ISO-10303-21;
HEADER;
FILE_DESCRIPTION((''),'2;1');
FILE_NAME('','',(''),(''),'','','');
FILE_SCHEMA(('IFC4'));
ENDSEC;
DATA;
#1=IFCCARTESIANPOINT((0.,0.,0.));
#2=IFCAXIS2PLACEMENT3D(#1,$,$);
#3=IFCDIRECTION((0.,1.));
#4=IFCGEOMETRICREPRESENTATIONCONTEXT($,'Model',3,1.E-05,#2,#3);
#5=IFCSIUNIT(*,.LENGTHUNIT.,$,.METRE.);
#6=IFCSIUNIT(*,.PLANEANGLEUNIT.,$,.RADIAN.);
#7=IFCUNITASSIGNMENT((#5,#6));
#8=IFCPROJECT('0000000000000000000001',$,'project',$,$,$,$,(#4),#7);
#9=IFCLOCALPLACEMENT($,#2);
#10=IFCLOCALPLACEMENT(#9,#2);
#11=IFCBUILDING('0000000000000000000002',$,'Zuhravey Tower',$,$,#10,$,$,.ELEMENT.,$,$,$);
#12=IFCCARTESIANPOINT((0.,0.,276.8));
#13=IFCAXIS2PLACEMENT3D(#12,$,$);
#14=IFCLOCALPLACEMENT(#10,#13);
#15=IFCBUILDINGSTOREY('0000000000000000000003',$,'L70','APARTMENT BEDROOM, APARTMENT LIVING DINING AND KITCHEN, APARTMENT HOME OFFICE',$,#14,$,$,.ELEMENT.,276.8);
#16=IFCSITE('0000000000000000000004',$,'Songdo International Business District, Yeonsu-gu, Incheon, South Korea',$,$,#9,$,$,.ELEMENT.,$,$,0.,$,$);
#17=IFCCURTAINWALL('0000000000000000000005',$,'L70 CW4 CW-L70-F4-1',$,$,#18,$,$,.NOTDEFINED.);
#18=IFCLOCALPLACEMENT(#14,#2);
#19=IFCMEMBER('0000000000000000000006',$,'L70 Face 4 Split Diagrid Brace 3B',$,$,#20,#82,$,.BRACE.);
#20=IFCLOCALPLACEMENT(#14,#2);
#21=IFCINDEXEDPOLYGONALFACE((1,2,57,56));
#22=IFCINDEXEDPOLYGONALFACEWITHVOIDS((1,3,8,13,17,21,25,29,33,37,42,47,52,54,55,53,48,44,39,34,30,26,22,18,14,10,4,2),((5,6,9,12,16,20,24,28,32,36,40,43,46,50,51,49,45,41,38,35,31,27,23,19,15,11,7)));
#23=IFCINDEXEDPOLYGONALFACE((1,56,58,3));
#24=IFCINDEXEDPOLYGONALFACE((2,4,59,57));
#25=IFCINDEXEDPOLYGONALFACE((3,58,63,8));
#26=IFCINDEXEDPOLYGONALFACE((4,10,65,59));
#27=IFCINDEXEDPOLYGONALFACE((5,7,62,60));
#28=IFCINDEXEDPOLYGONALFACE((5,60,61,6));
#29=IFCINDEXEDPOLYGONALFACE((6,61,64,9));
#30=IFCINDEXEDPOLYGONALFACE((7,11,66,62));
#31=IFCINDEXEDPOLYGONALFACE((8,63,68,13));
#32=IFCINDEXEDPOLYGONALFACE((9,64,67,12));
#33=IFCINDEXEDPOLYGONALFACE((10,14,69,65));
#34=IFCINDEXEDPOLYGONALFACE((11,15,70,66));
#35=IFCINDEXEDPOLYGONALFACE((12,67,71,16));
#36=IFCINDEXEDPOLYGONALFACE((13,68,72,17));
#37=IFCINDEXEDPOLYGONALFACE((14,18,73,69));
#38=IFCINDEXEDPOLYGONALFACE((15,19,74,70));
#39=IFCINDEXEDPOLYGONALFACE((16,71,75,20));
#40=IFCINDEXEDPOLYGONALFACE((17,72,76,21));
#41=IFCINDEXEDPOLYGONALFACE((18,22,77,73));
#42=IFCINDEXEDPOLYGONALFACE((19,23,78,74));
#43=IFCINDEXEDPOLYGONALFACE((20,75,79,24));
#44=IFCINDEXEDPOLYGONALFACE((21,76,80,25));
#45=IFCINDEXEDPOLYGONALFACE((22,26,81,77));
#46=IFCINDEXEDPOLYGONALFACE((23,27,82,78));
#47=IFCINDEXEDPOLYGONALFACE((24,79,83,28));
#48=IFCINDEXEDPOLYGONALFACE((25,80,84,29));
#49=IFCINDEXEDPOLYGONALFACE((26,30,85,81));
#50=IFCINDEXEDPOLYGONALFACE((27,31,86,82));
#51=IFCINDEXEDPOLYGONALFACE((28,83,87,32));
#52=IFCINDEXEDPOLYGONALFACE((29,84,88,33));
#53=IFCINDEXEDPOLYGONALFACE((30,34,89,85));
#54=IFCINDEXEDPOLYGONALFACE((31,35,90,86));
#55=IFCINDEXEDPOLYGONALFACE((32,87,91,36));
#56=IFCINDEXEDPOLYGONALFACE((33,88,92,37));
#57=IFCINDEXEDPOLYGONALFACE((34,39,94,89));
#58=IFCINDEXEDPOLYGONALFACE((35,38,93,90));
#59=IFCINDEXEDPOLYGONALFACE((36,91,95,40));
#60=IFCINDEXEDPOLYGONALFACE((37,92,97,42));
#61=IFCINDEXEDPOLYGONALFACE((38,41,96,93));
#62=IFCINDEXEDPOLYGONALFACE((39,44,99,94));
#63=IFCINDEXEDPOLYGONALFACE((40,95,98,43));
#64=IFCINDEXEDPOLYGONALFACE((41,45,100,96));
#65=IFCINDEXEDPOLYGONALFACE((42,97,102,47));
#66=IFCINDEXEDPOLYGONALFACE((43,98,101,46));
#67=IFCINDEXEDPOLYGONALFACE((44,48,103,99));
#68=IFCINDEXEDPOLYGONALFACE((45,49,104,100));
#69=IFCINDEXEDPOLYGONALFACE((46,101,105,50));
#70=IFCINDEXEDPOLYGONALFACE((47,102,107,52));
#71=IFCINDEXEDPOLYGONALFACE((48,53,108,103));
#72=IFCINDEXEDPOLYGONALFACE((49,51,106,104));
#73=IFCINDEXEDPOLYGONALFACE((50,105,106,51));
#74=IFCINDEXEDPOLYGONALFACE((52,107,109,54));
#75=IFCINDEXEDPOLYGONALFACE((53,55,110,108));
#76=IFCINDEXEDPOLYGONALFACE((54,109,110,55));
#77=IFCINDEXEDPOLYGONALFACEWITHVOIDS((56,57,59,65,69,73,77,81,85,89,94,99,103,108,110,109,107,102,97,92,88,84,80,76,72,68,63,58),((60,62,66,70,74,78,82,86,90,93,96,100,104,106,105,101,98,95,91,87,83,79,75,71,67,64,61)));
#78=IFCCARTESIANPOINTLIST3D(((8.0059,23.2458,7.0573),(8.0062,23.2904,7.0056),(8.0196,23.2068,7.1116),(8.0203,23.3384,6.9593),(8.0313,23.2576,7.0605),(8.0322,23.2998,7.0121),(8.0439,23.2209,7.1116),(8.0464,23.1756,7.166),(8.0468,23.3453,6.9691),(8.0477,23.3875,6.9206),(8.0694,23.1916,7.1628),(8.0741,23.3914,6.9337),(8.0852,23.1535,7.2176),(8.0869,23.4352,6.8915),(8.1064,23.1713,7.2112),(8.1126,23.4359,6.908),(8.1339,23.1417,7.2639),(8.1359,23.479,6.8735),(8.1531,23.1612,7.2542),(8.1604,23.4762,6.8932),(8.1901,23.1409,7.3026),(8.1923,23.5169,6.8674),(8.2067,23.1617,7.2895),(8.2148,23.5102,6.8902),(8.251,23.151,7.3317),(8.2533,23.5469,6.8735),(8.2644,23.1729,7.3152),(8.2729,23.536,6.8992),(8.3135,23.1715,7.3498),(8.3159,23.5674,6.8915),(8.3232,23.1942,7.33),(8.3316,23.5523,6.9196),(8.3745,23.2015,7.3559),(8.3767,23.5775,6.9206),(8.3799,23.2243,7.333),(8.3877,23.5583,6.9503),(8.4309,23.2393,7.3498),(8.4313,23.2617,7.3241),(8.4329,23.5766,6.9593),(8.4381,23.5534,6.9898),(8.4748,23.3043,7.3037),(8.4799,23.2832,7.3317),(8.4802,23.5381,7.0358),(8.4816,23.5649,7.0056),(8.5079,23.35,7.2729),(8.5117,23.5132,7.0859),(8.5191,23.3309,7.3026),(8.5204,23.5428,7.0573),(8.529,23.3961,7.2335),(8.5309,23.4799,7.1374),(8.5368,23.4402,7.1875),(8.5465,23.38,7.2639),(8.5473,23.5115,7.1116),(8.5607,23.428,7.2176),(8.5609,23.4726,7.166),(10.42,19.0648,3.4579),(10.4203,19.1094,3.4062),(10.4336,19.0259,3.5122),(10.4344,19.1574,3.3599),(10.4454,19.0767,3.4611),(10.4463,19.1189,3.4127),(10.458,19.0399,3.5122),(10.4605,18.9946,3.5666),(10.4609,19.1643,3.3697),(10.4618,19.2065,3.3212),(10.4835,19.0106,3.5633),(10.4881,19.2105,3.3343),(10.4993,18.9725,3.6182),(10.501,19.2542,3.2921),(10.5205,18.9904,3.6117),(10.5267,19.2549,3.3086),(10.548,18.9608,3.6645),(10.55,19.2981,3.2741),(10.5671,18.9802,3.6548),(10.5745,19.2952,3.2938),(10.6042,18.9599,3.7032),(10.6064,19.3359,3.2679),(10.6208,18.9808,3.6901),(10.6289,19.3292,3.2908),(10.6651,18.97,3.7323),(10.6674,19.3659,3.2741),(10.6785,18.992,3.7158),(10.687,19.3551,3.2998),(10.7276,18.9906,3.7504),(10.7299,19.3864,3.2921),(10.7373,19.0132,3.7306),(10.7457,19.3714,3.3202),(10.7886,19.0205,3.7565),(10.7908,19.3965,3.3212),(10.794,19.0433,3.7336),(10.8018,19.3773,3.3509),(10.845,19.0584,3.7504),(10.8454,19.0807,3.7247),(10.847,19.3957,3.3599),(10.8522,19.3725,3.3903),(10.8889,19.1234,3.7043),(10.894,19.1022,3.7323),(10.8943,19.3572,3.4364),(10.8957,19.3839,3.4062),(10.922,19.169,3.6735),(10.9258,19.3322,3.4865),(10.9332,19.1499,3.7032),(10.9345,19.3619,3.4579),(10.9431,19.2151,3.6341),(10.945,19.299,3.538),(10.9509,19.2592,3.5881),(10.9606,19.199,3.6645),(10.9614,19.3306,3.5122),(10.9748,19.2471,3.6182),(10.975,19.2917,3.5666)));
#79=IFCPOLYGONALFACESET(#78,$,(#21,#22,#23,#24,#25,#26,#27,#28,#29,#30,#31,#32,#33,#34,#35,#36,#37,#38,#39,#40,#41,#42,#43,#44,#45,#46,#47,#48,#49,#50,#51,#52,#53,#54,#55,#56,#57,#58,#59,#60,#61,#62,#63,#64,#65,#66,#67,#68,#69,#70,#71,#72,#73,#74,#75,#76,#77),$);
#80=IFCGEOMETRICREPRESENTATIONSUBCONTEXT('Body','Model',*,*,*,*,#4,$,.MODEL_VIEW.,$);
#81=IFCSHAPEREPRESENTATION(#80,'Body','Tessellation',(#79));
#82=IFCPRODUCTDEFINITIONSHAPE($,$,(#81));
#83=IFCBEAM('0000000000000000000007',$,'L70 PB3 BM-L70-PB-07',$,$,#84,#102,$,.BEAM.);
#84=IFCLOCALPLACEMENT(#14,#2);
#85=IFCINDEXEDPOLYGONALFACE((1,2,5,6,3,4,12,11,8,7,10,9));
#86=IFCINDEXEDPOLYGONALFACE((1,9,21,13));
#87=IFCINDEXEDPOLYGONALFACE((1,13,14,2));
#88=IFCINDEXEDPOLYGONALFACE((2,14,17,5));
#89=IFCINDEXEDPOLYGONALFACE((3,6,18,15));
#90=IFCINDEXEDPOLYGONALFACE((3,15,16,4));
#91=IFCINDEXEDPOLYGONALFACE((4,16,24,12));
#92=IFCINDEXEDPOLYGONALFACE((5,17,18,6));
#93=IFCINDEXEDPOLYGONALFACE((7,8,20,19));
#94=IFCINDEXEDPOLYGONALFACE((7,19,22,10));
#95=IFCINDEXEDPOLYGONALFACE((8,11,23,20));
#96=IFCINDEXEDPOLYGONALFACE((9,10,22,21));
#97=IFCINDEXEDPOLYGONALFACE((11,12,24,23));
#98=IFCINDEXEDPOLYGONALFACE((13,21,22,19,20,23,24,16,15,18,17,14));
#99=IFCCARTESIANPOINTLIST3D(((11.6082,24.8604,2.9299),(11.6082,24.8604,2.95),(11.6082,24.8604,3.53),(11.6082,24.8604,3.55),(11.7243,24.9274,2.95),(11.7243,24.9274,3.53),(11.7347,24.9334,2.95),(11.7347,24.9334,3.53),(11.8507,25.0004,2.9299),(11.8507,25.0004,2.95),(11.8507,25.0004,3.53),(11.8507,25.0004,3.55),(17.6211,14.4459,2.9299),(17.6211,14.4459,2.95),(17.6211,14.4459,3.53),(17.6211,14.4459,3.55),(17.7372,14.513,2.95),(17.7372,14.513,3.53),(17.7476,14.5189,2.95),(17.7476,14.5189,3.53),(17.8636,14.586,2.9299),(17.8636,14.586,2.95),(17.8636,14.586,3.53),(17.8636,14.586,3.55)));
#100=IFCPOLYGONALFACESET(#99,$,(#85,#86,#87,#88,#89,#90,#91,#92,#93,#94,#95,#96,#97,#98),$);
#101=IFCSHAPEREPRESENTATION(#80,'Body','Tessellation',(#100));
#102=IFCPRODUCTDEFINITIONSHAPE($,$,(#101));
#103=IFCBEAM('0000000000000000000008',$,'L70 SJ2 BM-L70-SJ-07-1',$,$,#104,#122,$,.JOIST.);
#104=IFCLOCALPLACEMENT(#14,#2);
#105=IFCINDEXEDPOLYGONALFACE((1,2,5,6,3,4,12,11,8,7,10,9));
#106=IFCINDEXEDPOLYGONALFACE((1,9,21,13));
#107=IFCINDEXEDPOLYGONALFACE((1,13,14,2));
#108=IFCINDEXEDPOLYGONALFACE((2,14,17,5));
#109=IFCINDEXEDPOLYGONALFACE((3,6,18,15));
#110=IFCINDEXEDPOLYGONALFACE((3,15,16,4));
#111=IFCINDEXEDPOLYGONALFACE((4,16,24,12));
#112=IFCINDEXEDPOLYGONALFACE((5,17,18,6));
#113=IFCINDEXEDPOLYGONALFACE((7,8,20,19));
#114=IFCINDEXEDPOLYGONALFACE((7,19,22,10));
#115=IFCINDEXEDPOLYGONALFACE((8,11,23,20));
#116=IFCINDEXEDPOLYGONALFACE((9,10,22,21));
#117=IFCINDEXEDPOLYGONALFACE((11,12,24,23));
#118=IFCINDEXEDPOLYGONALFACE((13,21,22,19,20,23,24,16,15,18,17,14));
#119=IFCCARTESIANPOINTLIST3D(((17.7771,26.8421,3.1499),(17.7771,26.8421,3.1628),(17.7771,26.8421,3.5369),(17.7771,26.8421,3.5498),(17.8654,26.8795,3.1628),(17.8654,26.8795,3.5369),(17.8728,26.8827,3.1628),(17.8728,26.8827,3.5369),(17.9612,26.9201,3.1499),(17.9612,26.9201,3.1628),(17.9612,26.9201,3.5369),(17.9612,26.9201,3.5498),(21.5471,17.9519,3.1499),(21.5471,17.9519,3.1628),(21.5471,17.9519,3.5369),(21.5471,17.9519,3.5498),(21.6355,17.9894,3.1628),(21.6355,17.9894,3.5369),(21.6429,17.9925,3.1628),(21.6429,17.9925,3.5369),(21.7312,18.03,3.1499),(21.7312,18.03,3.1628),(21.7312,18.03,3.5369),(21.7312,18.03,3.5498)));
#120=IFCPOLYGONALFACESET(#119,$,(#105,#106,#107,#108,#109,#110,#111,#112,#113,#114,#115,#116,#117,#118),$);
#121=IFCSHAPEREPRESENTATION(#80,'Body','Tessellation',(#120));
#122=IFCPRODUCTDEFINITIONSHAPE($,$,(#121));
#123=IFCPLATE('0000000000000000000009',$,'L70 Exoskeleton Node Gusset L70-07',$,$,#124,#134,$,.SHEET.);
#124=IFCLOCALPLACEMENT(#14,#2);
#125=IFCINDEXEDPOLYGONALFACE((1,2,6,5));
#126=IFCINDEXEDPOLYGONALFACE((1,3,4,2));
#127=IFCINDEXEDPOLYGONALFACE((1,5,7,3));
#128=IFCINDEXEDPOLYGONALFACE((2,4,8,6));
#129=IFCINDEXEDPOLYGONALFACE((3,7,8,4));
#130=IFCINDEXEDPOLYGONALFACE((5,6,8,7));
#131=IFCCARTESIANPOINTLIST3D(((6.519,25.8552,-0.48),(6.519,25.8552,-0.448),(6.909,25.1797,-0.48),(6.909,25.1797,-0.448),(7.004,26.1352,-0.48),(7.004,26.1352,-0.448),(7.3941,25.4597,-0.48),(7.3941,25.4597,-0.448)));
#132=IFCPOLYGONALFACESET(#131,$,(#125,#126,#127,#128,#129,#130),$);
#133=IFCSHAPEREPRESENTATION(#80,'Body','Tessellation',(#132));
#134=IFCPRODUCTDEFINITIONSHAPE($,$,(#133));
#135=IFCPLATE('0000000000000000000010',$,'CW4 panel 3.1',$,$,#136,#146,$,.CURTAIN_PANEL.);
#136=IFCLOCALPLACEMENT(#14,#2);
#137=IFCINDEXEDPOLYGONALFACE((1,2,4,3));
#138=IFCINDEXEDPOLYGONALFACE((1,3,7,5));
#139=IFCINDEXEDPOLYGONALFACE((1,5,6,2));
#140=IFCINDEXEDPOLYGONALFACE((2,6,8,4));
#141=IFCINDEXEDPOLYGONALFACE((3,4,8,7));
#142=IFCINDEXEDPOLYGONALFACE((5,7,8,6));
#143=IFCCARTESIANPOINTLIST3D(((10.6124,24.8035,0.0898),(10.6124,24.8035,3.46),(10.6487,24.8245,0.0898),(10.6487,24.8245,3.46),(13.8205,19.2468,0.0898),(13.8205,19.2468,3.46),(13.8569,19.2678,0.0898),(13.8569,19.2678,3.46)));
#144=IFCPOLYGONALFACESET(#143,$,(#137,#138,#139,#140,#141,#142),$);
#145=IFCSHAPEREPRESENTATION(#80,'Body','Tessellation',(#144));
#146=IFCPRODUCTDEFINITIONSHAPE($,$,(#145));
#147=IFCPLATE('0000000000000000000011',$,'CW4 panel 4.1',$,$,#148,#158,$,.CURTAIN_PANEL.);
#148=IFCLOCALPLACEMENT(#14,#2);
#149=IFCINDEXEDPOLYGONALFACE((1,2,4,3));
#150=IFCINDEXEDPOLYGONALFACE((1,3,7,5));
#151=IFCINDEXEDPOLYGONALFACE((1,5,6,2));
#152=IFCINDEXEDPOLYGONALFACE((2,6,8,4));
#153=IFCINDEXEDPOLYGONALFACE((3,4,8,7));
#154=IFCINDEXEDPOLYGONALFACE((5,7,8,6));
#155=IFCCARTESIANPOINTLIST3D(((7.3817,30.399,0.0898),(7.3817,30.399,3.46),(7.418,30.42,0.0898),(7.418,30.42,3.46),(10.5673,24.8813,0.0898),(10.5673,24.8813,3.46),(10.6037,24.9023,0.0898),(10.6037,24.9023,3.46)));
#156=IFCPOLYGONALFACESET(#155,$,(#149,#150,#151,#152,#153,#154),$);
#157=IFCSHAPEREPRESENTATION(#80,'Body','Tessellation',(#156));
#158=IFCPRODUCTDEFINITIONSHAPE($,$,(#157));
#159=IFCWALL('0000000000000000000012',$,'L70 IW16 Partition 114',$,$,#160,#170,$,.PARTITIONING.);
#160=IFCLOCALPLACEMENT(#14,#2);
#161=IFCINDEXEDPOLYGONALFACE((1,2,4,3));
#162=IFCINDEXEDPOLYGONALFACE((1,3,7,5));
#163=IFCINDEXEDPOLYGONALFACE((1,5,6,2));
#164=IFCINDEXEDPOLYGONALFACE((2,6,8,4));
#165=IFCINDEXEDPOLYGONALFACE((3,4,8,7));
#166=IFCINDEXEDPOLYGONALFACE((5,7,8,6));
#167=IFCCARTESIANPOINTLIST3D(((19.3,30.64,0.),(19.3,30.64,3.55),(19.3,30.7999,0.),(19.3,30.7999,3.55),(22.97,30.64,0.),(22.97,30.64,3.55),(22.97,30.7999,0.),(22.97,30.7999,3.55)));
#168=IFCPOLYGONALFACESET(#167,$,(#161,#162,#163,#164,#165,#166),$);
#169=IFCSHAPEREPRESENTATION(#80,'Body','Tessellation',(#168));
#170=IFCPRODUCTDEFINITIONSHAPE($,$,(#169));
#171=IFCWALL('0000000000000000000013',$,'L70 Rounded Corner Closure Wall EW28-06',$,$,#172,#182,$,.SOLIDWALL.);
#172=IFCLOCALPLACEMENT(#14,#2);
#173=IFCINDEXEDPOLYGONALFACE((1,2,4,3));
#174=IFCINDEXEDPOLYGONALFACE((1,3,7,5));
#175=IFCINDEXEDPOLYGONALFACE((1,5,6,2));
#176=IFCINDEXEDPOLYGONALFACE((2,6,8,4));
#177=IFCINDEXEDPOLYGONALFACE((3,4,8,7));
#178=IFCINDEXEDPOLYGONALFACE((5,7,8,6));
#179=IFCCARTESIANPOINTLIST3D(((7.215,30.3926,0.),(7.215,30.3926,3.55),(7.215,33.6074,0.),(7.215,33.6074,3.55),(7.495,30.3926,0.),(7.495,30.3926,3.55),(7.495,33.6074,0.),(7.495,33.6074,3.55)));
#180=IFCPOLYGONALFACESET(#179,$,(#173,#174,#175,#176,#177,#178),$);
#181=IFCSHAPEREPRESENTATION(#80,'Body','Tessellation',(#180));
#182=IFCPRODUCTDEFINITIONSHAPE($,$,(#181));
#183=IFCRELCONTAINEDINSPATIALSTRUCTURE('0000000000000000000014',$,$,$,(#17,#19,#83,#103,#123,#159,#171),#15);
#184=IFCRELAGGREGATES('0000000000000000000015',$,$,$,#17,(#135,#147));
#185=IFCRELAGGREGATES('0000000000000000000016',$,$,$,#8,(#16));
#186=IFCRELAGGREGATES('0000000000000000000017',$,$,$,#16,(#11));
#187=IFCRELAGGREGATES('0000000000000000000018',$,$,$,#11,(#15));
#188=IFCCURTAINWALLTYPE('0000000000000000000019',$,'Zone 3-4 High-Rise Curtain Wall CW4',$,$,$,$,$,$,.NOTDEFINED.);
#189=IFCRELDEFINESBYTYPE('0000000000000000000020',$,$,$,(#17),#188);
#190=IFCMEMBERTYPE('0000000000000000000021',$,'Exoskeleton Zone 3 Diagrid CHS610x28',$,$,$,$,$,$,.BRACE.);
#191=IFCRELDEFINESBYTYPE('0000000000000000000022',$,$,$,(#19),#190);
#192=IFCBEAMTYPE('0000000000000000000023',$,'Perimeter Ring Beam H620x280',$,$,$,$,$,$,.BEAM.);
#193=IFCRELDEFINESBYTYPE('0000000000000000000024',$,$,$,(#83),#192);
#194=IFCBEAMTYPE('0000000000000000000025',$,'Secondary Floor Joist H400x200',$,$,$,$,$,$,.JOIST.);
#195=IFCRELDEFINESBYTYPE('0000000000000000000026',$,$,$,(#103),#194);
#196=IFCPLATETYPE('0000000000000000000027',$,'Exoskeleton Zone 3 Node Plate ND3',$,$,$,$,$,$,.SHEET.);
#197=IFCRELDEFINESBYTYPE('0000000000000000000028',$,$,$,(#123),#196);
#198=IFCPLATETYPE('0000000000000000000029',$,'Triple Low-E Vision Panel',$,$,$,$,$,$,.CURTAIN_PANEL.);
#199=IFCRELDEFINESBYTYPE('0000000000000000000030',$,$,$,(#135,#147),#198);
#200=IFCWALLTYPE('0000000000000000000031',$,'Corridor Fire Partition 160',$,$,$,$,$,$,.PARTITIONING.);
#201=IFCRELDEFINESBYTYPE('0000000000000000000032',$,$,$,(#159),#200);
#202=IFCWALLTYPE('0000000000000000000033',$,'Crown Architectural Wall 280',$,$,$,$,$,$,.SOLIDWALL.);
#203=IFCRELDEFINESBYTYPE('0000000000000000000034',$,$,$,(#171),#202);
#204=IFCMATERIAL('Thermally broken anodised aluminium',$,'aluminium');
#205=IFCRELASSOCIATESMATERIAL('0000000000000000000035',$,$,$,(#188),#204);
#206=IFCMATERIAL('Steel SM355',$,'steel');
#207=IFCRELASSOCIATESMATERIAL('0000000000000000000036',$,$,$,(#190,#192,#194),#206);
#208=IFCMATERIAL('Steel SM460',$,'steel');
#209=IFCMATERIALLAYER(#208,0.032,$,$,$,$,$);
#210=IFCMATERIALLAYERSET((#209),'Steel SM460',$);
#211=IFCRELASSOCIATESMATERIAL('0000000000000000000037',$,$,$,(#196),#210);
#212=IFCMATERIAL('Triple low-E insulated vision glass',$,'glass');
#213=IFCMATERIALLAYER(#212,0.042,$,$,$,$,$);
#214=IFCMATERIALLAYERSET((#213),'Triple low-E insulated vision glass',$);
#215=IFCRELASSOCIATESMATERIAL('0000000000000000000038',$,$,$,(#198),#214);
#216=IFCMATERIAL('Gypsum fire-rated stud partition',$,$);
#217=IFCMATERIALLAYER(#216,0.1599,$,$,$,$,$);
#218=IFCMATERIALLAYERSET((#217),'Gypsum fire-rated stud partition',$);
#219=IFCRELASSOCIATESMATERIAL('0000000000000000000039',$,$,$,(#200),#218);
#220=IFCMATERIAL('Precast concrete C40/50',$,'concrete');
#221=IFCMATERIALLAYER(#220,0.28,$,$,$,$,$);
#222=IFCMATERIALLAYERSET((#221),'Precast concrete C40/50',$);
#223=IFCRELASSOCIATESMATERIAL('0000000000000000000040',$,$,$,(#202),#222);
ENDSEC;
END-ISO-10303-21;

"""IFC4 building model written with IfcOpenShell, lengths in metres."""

from ifc_helpers import new_model, si_unit, direction, frame, frame_2d, origin, origin_2d, place, context, subcontext, project, spatial, rectangle, hollow_circle, i_section, extrude, material, layer, layer_set, material_profile, profile_set, type_object, element, aggregate, save


model = new_model("IFC4")

# Units and contexts
model_context = context("Model", 3, precision=1e-05, world=origin(), true_north=direction((0.0, 1.0)))
body_context = subcontext(model_context, "Body", "Model", "MODEL_VIEW")
ifc_project = project(units=[si_unit("LENGTHUNIT", "METRE"), si_unit("PLANEANGLEUNIT", "RADIAN")], contexts=[model_context])

# Site, building, storey
site_placement = place(None, origin())
site = spatial("IfcSite", under=ifc_project, at=site_placement, Name="Songdo International Business District, Yeonsu-gu, Incheon, South Korea", CompositionType="ELEMENT", RefElevation=0.0)
building_placement = place(site_placement, origin())
building = spatial("IfcBuilding", under=site, at=building_placement, Name="Zuhravey Tower", CompositionType="ELEMENT")
storey_placement = place(building_placement, frame((0.0, 0.0, 276.8)))
storey = spatial("IfcBuildingStorey", under=building, at=storey_placement, Name="L70", Description="APARTMENT BEDROOM, APARTMENT LIVING DINING AND KITCHEN, APARTMENT HOME OFFICE", CompositionType="ELEMENT", Elevation=276.8)

# Curtain wall
ifc_material_1 = material(Name="Thermally broken anodised aluminium", Category="aluminium")
curtain_wall_type = type_object("IfcCurtainWallType", Name="Zone 3-4 High-Rise Curtain Wall CW4", PredefinedType="NOTDEFINED", material=ifc_material_1)
curtain_wall_placement = place(storey_placement, origin())
curtain_wall = element("IfcCurtainWall", 1, at=curtain_wall_placement, inside=storey, type_object=curtain_wall_type, Name="L70 CW4 CW-L70-F4-1", PredefinedType="NOTDEFINED")

# Member
ifc_material_2 = material(Name="Steel SM355", Category="steel")
ifc_material_profile_1 = material_profile(ifc_material_2, hollow_circle(Radius=0.3047, WallThickness=0.0281, at=origin_2d()), Name="CHS-609.6x28")
ifc_profile_set_1 = profile_set([ifc_material_profile_1], Name="Steel SM355")
member_type_1 = type_object("IfcMemberType", Name="Exoskeleton Zone 3 Diagrid CHS610x28", PredefinedType="BRACE", material=ifc_profile_set_1)
member_1_placement = place(storey_placement, frame((10.6975, 19.1782, 3.5122), z_axis=(-0.400881, 0.694285, 0.597714), x_axis=(-0.866006, -0.500033, 0.0)))
element("IfcMember", 2, at=member_1_placement, inside=storey, type_object=member_type_1, Name="L70 Face 4 Split Diagrid Brace 3B", PredefinedType="BRACE", context=body_context, shape_type="SweptSolid", body=[
    extrude(hollow_circle(Radius=0.3047, WallThickness=0.0281, at=origin_2d()), origin(), (0.0, 0.0, 1.0), 6.022),
])

# Beams
ifc_material_profile_2 = material_profile(ifc_material_2, i_section(OverallWidth=0.28, OverallDepth=0.6201, WebThickness=0.012, FlangeThickness=0.02, at=origin_2d()), Name="H-620x280x12x20")
ifc_profile_set_2 = profile_set([ifc_material_profile_2], Name="Steel SM355")
beam_type_1 = type_object("IfcBeamType", Name="Perimeter Ring Beam H620x280", PredefinedType="BEAM", material=ifc_profile_set_2)
beam_1_placement = place(storey_placement, frame((11.7295, 24.9304, 3.24), z_axis=(0.500006, -0.866022, 0.0), x_axis=(0.866022, 0.500006, 0.0)))
element("IfcBeam", 3, at=beam_1_placement, inside=storey, type_object=beam_type_1, Name="L70 PB3 BM-L70-PB-07", PredefinedType="BEAM", context=body_context, shape_type="SweptSolid", body=[
    extrude(i_section(OverallWidth=0.28, OverallDepth=0.6201, WebThickness=0.012, FlangeThickness=0.02, at=origin_2d()), origin(), (0.0, 0.0, 1.0), 12.0256),
])
ifc_material_profile_3 = material_profile(ifc_material_2, i_section(OverallWidth=0.2, OverallDepth=0.3999, WebThickness=0.0081, FlangeThickness=0.0129, at=origin_2d()), Name="H-400x200x8x13")
ifc_profile_set_3 = profile_set([ifc_material_profile_3], Name="Steel SM355")
beam_type_2 = type_object("IfcBeamType", Name="Secondary Floor Joist H400x200", PredefinedType="JOIST", material=ifc_profile_set_3)
beam_2_placement = place(storey_placement, frame((17.8691, 26.8811, 3.3499), z_axis=(0.390413, -0.92064, 0.0), x_axis=(0.92064, 0.390413, 0.0)))
element("IfcBeam", 4, at=beam_2_placement, inside=storey, type_object=beam_type_2, Name="L70 SJ2 BM-L70-SJ-07-1", PredefinedType="JOIST", context=body_context, shape_type="SweptSolid", body=[
    extrude(i_section(OverallWidth=0.2, OverallDepth=0.3999, WebThickness=0.0081, FlangeThickness=0.0129, at=origin_2d()), origin(), (0.0, 0.0, 1.0), 9.6565),
])

# Plates
ifc_material_3 = material(Name="Steel SM460", Category="steel")
ifc_layer_1 = layer(ifc_material_3, 0.032)
ifc_layer_set_1 = layer_set([ifc_layer_1], Name="Steel SM460")
plate_type_1 = type_object("IfcPlateType", Name="Exoskeleton Zone 3 Node Plate ND3", PredefinedType="SHEET", material=ifc_layer_set_1)
plate_1_placement = place(storey_placement, frame((6.9565, 25.6575, -0.48), z_axis=(0.0, 0.0, 1.0), x_axis=(0.5, -0.866025, 0.0)))
element("IfcPlate", 5, at=plate_1_placement, inside=storey, type_object=plate_type_1, Name="L70 Exoskeleton Node Gusset L70-07", PredefinedType="SHEET", context=body_context, shape_type="SweptSolid", body=[
    extrude(rectangle(XDim=0.78, YDim=0.5601, at=origin_2d()), origin(), (0.0, 0.0, 1.0), 0.032),
])
ifc_material_4 = material(Name="Triple low-E insulated vision glass", Category="glass")
ifc_layer_2 = layer(ifc_material_4, 0.042)
ifc_layer_set_2 = layer_set([ifc_layer_2], Name="Triple low-E insulated vision glass")
plate_type_2 = type_object("IfcPlateType", Name="Triple Low-E Vision Panel", PredefinedType="CURTAIN_PANEL", material=ifc_layer_set_2)
plate_2_placement = place(storey_placement, frame((12.2346, 22.0356, 0.0898), z_axis=(0.0, 0.0, 1.0), x_axis=(-0.500001, 0.866025, 0.0)))
plate_2 = element("IfcPlate", 6, at=plate_2_placement, type_object=plate_type_2, Name="CW4 panel 3.1", PredefinedType="CURTAIN_PANEL", context=body_context, shape_type="SweptSolid", body=[
    extrude(rectangle(XDim=6.4163, YDim=0.042, at=origin_2d()), origin(), (0.0, 0.0, 1.0), 3.3701),
])
plate_3_placement = place(storey_placement, frame((8.9927, 27.6506, 0.0898), z_axis=(0.0, 0.0, 1.0), x_axis=(-0.500001, 0.866025, 0.0)))
plate_3 = element("IfcPlate", 7, at=plate_3_placement, type_object=plate_type_2, Name="CW4 panel 4.1", PredefinedType="CURTAIN_PANEL", context=body_context, shape_type="SweptSolid", body=[
    extrude(rectangle(XDim=6.3713, YDim=0.042, at=origin_2d()), origin(), (0.0, 0.0, 1.0), 3.3701),
])
aggregate(curtain_wall, [plate_2, plate_3])

# Walls
ifc_material_5 = material(Name="Gypsum fire-rated stud partition")
ifc_layer_3 = layer(ifc_material_5, 0.1599)
ifc_layer_set_3 = layer_set([ifc_layer_3], Name="Gypsum fire-rated stud partition")
wall_type_1 = type_object("IfcWallType", Name="Corridor Fire Partition 160", PredefinedType="PARTITIONING", material=ifc_layer_set_3)
wall_1_placement = place(storey_placement, frame((19.3, 30.72, 0.0), z_axis=(0.0, 0.0, 1.0), x_axis=(1.0, 0.0, 0.0)))
element("IfcWall", 8, at=wall_1_placement, inside=storey, type_object=wall_type_1, Name="L70 IW16 Partition 114", PredefinedType="PARTITIONING", context=body_context, shape_type="SweptSolid", body=[
    extrude(rectangle(XDim=3.6699, YDim=0.1599, at=frame_2d((1.835, 0.0))), origin(), (0.0, 0.0, 1.0), 3.55),
])
ifc_material_6 = material(Name="Precast concrete C40/50", Category="concrete")
ifc_layer_4 = layer(ifc_material_6, 0.28)
ifc_layer_set_4 = layer_set([ifc_layer_4], Name="Precast concrete C40/50")
wall_type_2 = type_object("IfcWallType", Name="Crown Architectural Wall 280", PredefinedType="SOLIDWALL", material=ifc_layer_set_4)
wall_2_placement = place(storey_placement, frame((7.355, 30.3926, 0.0), z_axis=(0.0, 0.0, 1.0), x_axis=(0.0, 1.0, 0.0)))
element("IfcWall", 9, at=wall_2_placement, inside=storey, type_object=wall_type_2, Name="L70 Rounded Corner Closure Wall EW28-06", PredefinedType="SOLIDWALL", context=body_context, shape_type="SweptSolid", body=[
    extrude(rectangle(XDim=3.2148, YDim=0.28, at=frame_2d((1.6074, 0.0))), origin(), (0.0, 0.0, 1.0), 3.55),
])

save(model, "model.ifc")
